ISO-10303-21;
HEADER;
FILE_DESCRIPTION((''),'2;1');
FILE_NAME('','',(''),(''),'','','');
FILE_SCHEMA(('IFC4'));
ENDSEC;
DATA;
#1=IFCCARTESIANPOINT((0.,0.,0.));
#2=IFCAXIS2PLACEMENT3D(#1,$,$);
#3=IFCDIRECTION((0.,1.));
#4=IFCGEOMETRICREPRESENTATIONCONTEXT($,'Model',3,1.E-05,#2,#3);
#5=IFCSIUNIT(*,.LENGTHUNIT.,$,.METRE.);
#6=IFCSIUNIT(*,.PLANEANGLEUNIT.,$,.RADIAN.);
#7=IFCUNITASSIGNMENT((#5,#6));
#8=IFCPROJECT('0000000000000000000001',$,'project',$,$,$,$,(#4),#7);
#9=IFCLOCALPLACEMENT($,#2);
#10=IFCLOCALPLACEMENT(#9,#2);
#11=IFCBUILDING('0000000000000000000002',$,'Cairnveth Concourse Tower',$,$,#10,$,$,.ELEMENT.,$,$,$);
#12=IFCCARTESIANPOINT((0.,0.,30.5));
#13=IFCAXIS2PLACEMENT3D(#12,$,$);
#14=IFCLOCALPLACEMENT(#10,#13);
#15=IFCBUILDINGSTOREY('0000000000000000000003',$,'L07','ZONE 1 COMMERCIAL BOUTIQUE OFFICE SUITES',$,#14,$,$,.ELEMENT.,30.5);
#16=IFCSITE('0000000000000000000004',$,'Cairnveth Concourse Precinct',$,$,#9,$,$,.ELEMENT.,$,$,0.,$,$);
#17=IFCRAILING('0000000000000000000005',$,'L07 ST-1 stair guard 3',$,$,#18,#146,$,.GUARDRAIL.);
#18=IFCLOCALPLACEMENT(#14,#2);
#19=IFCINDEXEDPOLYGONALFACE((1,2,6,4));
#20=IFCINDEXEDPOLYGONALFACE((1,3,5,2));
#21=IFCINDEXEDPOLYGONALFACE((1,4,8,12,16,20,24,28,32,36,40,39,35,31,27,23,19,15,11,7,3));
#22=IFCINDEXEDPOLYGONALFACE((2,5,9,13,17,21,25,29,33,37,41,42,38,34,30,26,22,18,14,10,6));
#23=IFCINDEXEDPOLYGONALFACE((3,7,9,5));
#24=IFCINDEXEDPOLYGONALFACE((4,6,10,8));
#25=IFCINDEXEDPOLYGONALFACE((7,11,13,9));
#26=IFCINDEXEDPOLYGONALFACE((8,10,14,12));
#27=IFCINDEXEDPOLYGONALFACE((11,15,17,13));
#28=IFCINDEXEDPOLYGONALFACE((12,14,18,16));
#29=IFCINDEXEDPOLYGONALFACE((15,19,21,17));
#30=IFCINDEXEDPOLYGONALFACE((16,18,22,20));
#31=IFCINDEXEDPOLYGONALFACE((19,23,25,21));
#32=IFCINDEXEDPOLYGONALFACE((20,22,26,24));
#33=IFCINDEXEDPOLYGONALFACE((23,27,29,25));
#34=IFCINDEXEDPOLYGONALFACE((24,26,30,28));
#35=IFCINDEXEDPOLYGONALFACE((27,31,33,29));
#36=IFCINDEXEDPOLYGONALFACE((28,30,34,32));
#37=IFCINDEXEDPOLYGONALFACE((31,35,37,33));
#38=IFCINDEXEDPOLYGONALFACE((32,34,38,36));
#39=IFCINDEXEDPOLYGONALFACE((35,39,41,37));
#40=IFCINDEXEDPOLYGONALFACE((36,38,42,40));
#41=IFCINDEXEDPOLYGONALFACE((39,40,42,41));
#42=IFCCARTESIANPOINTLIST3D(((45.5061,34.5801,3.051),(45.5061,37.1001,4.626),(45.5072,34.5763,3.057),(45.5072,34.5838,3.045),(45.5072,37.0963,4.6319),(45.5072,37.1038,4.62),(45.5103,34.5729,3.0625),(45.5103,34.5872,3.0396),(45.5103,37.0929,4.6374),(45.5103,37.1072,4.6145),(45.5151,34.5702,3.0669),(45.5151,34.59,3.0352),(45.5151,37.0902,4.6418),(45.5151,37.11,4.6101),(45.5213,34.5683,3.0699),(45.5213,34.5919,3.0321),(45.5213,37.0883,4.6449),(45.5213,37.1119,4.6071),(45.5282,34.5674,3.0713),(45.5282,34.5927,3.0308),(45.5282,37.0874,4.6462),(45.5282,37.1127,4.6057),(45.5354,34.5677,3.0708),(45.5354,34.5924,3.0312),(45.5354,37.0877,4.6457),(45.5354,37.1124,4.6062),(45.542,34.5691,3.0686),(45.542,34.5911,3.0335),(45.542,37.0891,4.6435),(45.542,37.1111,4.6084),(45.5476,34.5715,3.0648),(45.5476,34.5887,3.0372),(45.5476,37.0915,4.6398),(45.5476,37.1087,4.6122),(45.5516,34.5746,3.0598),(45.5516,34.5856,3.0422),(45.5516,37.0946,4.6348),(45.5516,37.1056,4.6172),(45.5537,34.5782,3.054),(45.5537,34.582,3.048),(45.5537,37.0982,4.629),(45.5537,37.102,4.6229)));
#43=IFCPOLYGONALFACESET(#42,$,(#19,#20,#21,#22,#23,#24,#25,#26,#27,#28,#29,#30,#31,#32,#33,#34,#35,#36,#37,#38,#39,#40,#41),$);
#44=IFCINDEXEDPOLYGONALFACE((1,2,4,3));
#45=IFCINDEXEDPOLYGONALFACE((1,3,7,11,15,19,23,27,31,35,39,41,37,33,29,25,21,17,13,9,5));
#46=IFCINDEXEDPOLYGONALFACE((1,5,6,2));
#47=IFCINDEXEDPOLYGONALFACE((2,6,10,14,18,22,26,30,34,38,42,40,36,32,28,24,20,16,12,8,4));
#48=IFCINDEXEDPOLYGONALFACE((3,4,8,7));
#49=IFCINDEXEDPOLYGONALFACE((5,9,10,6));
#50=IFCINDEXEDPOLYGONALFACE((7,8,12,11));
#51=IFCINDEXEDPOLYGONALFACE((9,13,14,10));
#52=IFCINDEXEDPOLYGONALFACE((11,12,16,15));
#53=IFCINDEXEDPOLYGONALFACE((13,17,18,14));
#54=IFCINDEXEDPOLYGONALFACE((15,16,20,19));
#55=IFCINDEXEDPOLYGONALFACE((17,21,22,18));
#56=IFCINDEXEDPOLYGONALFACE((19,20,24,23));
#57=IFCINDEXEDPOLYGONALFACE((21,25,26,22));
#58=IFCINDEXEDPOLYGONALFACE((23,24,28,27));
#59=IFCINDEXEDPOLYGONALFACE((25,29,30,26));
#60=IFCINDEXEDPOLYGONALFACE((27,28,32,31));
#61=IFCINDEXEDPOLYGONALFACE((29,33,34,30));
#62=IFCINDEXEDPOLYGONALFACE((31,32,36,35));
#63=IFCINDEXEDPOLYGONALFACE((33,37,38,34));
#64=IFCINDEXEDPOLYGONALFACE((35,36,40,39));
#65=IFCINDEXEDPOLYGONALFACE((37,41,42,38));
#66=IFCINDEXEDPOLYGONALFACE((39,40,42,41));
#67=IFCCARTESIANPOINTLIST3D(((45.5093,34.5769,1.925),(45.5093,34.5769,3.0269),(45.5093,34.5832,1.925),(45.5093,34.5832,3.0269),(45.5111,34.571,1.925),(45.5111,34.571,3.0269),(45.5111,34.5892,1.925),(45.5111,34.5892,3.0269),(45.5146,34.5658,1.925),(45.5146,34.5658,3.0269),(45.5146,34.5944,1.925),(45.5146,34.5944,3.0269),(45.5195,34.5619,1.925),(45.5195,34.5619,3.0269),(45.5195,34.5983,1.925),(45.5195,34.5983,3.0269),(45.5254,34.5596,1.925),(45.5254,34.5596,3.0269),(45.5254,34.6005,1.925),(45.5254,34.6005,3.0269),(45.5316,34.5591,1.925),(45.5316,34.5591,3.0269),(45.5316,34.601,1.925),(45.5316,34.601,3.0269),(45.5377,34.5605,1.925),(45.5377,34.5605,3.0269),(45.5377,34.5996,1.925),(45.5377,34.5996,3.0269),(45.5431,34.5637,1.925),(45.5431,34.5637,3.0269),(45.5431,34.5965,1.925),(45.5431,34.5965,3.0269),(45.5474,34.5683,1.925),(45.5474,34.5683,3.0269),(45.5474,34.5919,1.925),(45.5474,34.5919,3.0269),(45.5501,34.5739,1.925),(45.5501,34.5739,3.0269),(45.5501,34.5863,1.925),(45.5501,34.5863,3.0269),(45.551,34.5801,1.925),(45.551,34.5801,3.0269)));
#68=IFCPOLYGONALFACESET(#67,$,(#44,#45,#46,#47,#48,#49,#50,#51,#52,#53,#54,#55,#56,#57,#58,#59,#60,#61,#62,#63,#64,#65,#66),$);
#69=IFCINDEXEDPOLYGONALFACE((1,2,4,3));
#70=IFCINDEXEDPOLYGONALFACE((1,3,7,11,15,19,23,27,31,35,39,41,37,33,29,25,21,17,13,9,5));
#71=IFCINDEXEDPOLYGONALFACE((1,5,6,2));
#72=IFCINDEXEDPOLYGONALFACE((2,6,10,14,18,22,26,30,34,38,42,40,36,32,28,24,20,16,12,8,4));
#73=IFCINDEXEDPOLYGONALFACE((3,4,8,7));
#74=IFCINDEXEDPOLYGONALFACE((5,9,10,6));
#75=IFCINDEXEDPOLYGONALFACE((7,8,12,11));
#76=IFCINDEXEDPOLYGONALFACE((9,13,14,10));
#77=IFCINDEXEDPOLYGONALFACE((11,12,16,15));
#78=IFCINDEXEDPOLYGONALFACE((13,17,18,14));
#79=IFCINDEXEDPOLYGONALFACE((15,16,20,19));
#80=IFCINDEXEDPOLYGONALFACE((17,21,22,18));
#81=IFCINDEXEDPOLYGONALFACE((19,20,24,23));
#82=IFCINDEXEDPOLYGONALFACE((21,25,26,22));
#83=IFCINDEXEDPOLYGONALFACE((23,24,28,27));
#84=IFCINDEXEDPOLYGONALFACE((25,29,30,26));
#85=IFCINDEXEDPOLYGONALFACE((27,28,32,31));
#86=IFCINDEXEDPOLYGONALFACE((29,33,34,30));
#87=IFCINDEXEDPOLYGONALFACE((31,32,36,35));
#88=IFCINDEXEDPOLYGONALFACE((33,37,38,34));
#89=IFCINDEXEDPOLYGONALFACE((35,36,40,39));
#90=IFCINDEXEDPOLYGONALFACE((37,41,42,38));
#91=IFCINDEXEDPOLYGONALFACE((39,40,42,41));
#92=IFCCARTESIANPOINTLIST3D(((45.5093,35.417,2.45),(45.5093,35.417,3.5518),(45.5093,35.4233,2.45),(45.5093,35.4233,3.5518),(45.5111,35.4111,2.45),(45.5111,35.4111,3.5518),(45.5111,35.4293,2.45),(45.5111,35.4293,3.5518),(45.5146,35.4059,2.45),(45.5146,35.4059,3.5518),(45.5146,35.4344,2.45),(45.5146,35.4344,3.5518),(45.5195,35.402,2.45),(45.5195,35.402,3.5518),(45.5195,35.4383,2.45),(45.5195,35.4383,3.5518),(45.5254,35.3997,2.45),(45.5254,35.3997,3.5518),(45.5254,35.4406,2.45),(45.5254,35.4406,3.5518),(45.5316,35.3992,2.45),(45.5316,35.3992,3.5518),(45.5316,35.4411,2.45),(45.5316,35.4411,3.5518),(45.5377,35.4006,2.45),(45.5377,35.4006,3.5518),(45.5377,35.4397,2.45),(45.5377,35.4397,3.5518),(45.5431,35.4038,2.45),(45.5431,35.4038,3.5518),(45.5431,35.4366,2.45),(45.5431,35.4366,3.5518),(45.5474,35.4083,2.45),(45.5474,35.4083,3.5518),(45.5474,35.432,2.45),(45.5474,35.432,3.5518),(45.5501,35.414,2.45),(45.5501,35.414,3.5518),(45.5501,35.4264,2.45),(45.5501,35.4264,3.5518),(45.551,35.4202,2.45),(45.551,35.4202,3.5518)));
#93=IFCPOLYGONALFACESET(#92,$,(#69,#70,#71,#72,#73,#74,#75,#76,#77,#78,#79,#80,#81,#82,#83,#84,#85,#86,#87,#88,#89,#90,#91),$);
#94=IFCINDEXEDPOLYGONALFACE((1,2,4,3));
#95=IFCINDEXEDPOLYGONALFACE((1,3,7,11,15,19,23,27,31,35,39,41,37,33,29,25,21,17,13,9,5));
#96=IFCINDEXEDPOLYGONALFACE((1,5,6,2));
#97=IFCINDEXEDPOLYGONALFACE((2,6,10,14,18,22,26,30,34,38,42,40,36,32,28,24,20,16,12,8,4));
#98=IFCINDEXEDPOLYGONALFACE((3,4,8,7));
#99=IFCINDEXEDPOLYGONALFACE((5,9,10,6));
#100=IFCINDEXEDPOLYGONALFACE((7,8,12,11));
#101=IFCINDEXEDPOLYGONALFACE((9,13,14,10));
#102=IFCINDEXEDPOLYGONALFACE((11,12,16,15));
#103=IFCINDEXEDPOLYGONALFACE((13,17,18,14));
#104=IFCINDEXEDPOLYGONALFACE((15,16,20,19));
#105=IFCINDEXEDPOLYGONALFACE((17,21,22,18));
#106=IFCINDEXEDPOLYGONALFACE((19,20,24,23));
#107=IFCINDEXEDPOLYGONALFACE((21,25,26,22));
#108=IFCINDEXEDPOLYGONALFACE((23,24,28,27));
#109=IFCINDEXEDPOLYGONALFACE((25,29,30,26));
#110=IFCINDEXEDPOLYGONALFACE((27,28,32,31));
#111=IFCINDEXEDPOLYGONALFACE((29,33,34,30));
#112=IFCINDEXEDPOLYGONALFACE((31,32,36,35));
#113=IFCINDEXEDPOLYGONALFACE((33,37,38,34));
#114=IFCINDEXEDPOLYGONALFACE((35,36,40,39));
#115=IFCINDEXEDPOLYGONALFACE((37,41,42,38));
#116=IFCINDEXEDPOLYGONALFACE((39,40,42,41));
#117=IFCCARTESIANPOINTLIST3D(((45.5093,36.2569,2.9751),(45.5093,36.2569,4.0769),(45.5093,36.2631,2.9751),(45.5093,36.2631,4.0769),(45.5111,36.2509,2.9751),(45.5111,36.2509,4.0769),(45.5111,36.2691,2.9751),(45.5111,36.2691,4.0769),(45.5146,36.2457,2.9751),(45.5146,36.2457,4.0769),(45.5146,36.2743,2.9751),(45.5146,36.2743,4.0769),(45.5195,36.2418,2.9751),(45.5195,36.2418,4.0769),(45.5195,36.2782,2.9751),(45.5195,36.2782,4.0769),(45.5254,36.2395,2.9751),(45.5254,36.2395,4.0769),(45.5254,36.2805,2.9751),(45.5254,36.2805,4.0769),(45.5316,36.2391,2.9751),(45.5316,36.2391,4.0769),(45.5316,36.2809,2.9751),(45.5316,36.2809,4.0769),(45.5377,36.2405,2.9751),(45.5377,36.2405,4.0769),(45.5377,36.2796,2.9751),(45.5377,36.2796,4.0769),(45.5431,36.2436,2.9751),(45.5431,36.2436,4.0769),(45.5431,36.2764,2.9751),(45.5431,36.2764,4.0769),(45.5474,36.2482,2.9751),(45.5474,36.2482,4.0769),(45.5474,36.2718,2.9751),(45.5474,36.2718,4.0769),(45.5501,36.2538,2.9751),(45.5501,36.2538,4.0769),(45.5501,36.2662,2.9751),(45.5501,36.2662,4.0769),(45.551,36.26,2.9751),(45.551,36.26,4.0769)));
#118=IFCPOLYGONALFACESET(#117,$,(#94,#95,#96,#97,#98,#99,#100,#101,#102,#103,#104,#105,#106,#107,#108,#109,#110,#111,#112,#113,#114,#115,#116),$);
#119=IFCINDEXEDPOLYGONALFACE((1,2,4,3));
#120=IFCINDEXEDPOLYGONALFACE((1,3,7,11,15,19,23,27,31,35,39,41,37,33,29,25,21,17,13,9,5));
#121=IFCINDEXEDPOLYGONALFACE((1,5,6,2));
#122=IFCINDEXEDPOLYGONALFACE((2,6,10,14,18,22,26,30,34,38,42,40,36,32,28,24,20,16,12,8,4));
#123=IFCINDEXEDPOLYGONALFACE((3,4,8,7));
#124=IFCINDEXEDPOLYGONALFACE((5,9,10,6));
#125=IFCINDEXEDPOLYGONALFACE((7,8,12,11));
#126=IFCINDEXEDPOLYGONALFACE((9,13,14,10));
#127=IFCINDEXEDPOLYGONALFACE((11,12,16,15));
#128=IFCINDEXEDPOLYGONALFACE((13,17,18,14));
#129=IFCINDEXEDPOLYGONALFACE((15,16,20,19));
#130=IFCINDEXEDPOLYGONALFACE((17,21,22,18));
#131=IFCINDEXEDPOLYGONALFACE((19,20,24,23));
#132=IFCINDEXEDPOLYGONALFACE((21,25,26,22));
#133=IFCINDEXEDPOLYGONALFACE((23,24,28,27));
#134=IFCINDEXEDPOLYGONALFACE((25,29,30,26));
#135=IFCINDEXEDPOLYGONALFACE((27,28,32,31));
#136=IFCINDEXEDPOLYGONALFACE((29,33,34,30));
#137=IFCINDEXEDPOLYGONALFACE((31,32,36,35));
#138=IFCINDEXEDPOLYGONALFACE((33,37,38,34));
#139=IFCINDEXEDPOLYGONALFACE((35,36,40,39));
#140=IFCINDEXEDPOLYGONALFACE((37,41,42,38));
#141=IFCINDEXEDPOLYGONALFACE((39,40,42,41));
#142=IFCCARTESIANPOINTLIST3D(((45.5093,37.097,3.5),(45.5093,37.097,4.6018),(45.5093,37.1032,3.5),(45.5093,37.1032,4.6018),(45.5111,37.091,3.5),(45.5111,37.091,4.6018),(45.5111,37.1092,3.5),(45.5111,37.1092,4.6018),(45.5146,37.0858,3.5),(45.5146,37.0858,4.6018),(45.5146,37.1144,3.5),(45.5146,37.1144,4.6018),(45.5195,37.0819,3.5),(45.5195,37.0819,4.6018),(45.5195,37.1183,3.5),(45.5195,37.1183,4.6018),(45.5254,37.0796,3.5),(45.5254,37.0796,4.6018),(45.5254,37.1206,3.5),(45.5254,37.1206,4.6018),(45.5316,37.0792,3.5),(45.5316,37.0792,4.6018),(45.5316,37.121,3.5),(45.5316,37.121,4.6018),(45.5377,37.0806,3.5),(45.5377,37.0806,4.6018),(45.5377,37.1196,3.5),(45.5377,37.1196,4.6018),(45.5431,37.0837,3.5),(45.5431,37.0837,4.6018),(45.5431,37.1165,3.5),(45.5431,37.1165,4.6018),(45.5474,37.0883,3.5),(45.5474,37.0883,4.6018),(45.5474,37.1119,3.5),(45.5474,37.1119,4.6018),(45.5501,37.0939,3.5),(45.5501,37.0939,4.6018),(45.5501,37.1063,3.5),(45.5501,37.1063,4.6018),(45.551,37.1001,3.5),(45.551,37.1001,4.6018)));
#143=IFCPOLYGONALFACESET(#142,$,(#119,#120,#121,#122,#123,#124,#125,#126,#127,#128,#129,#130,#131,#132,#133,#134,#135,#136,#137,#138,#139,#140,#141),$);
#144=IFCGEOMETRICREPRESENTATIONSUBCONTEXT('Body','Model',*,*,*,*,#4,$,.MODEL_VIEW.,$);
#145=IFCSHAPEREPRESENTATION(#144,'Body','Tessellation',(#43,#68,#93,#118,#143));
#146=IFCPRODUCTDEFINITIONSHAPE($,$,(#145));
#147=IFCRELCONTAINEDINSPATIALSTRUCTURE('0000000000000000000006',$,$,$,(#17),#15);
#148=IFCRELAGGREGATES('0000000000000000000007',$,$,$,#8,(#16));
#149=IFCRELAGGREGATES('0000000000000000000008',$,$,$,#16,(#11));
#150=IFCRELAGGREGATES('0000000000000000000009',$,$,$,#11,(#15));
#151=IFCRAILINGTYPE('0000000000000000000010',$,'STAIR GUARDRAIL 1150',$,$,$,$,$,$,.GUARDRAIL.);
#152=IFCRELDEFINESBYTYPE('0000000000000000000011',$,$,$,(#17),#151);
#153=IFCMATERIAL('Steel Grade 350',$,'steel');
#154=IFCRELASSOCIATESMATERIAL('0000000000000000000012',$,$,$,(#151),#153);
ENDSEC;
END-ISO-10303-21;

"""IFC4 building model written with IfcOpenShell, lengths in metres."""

from ifc_helpers import new_model, si_unit, direction, frame, origin, origin_2d, place, context, subcontext, project, spatial, circle, extrude, material, type_object, element, save


model = new_model("IFC4")

# Units and contexts
model_context = context("Model", 3, precision=1e-05, world=origin(), true_north=direction((0.0, 1.0)))
body_context = subcontext(model_context, "Body", "Model", "MODEL_VIEW")
ifc_project = project(units=[si_unit("LENGTHUNIT", "METRE"), si_unit("PLANEANGLEUNIT", "RADIAN")], contexts=[model_context])

# Site, building, storey
site_placement = place(None, origin())
site = spatial("IfcSite", under=ifc_project, at=site_placement, Name="Cairnveth Concourse Precinct", CompositionType="ELEMENT", RefElevation=0.0)
building_placement = place(site_placement, origin())
building = spatial("IfcBuilding", under=site, at=building_placement, Name="Cairnveth Concourse Tower", CompositionType="ELEMENT")
storey_placement = place(building_placement, frame((0.0, 0.0, 30.5)))
storey = spatial("IfcBuildingStorey", under=building, at=storey_placement, Name="L07", Description="ZONE 1 COMMERCIAL BOUTIQUE OFFICE SUITES", CompositionType="ELEMENT", Elevation=30.5)

# Shared definitions
ifc_material_1 = material(Name="Steel Grade 350", Category="steel")

# Railing
railing_type_1 = type_object("IfcRailingType", Name="STAIR GUARDRAIL 1150", PredefinedType="GUARDRAIL", material=ifc_material_1)
railing_1_placement = place(storey_placement, frame((45.53, 34.5801, 1.925)))
element("IfcRailing", 1, at=railing_1_placement, inside=storey, type_object=railing_type_1, Name="L07 ST-1 stair guard 3", PredefinedType="GUARDRAIL", context=body_context, shape_type="SweptSolid", body=[
    extrude(circle(Radius=0.0239, at=origin_2d()), frame((0.0, 0.0, 1.126), z_axis=(0.0, 0.848008, 0.529984), x_axis=(-1.0, 0.0, 0.0)), (0.0, 0.0, 1.0), 2.9717),
    extrude(circle(Radius=0.021, at=origin_2d()), origin(), (0.0, 0.0, 1.0), 1.1018),
    extrude(circle(Radius=0.021, at=origin_2d()), frame((0.0, 0.8401, 0.5249)), (0.0, 0.0, 1.0), 1.1018),
    extrude(circle(Radius=0.021, at=origin_2d()), frame((0.0, 1.6799, 1.05)), (0.0, 0.0, 1.0), 1.1018),
    extrude(circle(Radius=0.021, at=origin_2d()), frame((0.0, 2.52, 1.575)), (0.0, 0.0, 1.0), 1.1018),
])

save(model, "model.ifc")
